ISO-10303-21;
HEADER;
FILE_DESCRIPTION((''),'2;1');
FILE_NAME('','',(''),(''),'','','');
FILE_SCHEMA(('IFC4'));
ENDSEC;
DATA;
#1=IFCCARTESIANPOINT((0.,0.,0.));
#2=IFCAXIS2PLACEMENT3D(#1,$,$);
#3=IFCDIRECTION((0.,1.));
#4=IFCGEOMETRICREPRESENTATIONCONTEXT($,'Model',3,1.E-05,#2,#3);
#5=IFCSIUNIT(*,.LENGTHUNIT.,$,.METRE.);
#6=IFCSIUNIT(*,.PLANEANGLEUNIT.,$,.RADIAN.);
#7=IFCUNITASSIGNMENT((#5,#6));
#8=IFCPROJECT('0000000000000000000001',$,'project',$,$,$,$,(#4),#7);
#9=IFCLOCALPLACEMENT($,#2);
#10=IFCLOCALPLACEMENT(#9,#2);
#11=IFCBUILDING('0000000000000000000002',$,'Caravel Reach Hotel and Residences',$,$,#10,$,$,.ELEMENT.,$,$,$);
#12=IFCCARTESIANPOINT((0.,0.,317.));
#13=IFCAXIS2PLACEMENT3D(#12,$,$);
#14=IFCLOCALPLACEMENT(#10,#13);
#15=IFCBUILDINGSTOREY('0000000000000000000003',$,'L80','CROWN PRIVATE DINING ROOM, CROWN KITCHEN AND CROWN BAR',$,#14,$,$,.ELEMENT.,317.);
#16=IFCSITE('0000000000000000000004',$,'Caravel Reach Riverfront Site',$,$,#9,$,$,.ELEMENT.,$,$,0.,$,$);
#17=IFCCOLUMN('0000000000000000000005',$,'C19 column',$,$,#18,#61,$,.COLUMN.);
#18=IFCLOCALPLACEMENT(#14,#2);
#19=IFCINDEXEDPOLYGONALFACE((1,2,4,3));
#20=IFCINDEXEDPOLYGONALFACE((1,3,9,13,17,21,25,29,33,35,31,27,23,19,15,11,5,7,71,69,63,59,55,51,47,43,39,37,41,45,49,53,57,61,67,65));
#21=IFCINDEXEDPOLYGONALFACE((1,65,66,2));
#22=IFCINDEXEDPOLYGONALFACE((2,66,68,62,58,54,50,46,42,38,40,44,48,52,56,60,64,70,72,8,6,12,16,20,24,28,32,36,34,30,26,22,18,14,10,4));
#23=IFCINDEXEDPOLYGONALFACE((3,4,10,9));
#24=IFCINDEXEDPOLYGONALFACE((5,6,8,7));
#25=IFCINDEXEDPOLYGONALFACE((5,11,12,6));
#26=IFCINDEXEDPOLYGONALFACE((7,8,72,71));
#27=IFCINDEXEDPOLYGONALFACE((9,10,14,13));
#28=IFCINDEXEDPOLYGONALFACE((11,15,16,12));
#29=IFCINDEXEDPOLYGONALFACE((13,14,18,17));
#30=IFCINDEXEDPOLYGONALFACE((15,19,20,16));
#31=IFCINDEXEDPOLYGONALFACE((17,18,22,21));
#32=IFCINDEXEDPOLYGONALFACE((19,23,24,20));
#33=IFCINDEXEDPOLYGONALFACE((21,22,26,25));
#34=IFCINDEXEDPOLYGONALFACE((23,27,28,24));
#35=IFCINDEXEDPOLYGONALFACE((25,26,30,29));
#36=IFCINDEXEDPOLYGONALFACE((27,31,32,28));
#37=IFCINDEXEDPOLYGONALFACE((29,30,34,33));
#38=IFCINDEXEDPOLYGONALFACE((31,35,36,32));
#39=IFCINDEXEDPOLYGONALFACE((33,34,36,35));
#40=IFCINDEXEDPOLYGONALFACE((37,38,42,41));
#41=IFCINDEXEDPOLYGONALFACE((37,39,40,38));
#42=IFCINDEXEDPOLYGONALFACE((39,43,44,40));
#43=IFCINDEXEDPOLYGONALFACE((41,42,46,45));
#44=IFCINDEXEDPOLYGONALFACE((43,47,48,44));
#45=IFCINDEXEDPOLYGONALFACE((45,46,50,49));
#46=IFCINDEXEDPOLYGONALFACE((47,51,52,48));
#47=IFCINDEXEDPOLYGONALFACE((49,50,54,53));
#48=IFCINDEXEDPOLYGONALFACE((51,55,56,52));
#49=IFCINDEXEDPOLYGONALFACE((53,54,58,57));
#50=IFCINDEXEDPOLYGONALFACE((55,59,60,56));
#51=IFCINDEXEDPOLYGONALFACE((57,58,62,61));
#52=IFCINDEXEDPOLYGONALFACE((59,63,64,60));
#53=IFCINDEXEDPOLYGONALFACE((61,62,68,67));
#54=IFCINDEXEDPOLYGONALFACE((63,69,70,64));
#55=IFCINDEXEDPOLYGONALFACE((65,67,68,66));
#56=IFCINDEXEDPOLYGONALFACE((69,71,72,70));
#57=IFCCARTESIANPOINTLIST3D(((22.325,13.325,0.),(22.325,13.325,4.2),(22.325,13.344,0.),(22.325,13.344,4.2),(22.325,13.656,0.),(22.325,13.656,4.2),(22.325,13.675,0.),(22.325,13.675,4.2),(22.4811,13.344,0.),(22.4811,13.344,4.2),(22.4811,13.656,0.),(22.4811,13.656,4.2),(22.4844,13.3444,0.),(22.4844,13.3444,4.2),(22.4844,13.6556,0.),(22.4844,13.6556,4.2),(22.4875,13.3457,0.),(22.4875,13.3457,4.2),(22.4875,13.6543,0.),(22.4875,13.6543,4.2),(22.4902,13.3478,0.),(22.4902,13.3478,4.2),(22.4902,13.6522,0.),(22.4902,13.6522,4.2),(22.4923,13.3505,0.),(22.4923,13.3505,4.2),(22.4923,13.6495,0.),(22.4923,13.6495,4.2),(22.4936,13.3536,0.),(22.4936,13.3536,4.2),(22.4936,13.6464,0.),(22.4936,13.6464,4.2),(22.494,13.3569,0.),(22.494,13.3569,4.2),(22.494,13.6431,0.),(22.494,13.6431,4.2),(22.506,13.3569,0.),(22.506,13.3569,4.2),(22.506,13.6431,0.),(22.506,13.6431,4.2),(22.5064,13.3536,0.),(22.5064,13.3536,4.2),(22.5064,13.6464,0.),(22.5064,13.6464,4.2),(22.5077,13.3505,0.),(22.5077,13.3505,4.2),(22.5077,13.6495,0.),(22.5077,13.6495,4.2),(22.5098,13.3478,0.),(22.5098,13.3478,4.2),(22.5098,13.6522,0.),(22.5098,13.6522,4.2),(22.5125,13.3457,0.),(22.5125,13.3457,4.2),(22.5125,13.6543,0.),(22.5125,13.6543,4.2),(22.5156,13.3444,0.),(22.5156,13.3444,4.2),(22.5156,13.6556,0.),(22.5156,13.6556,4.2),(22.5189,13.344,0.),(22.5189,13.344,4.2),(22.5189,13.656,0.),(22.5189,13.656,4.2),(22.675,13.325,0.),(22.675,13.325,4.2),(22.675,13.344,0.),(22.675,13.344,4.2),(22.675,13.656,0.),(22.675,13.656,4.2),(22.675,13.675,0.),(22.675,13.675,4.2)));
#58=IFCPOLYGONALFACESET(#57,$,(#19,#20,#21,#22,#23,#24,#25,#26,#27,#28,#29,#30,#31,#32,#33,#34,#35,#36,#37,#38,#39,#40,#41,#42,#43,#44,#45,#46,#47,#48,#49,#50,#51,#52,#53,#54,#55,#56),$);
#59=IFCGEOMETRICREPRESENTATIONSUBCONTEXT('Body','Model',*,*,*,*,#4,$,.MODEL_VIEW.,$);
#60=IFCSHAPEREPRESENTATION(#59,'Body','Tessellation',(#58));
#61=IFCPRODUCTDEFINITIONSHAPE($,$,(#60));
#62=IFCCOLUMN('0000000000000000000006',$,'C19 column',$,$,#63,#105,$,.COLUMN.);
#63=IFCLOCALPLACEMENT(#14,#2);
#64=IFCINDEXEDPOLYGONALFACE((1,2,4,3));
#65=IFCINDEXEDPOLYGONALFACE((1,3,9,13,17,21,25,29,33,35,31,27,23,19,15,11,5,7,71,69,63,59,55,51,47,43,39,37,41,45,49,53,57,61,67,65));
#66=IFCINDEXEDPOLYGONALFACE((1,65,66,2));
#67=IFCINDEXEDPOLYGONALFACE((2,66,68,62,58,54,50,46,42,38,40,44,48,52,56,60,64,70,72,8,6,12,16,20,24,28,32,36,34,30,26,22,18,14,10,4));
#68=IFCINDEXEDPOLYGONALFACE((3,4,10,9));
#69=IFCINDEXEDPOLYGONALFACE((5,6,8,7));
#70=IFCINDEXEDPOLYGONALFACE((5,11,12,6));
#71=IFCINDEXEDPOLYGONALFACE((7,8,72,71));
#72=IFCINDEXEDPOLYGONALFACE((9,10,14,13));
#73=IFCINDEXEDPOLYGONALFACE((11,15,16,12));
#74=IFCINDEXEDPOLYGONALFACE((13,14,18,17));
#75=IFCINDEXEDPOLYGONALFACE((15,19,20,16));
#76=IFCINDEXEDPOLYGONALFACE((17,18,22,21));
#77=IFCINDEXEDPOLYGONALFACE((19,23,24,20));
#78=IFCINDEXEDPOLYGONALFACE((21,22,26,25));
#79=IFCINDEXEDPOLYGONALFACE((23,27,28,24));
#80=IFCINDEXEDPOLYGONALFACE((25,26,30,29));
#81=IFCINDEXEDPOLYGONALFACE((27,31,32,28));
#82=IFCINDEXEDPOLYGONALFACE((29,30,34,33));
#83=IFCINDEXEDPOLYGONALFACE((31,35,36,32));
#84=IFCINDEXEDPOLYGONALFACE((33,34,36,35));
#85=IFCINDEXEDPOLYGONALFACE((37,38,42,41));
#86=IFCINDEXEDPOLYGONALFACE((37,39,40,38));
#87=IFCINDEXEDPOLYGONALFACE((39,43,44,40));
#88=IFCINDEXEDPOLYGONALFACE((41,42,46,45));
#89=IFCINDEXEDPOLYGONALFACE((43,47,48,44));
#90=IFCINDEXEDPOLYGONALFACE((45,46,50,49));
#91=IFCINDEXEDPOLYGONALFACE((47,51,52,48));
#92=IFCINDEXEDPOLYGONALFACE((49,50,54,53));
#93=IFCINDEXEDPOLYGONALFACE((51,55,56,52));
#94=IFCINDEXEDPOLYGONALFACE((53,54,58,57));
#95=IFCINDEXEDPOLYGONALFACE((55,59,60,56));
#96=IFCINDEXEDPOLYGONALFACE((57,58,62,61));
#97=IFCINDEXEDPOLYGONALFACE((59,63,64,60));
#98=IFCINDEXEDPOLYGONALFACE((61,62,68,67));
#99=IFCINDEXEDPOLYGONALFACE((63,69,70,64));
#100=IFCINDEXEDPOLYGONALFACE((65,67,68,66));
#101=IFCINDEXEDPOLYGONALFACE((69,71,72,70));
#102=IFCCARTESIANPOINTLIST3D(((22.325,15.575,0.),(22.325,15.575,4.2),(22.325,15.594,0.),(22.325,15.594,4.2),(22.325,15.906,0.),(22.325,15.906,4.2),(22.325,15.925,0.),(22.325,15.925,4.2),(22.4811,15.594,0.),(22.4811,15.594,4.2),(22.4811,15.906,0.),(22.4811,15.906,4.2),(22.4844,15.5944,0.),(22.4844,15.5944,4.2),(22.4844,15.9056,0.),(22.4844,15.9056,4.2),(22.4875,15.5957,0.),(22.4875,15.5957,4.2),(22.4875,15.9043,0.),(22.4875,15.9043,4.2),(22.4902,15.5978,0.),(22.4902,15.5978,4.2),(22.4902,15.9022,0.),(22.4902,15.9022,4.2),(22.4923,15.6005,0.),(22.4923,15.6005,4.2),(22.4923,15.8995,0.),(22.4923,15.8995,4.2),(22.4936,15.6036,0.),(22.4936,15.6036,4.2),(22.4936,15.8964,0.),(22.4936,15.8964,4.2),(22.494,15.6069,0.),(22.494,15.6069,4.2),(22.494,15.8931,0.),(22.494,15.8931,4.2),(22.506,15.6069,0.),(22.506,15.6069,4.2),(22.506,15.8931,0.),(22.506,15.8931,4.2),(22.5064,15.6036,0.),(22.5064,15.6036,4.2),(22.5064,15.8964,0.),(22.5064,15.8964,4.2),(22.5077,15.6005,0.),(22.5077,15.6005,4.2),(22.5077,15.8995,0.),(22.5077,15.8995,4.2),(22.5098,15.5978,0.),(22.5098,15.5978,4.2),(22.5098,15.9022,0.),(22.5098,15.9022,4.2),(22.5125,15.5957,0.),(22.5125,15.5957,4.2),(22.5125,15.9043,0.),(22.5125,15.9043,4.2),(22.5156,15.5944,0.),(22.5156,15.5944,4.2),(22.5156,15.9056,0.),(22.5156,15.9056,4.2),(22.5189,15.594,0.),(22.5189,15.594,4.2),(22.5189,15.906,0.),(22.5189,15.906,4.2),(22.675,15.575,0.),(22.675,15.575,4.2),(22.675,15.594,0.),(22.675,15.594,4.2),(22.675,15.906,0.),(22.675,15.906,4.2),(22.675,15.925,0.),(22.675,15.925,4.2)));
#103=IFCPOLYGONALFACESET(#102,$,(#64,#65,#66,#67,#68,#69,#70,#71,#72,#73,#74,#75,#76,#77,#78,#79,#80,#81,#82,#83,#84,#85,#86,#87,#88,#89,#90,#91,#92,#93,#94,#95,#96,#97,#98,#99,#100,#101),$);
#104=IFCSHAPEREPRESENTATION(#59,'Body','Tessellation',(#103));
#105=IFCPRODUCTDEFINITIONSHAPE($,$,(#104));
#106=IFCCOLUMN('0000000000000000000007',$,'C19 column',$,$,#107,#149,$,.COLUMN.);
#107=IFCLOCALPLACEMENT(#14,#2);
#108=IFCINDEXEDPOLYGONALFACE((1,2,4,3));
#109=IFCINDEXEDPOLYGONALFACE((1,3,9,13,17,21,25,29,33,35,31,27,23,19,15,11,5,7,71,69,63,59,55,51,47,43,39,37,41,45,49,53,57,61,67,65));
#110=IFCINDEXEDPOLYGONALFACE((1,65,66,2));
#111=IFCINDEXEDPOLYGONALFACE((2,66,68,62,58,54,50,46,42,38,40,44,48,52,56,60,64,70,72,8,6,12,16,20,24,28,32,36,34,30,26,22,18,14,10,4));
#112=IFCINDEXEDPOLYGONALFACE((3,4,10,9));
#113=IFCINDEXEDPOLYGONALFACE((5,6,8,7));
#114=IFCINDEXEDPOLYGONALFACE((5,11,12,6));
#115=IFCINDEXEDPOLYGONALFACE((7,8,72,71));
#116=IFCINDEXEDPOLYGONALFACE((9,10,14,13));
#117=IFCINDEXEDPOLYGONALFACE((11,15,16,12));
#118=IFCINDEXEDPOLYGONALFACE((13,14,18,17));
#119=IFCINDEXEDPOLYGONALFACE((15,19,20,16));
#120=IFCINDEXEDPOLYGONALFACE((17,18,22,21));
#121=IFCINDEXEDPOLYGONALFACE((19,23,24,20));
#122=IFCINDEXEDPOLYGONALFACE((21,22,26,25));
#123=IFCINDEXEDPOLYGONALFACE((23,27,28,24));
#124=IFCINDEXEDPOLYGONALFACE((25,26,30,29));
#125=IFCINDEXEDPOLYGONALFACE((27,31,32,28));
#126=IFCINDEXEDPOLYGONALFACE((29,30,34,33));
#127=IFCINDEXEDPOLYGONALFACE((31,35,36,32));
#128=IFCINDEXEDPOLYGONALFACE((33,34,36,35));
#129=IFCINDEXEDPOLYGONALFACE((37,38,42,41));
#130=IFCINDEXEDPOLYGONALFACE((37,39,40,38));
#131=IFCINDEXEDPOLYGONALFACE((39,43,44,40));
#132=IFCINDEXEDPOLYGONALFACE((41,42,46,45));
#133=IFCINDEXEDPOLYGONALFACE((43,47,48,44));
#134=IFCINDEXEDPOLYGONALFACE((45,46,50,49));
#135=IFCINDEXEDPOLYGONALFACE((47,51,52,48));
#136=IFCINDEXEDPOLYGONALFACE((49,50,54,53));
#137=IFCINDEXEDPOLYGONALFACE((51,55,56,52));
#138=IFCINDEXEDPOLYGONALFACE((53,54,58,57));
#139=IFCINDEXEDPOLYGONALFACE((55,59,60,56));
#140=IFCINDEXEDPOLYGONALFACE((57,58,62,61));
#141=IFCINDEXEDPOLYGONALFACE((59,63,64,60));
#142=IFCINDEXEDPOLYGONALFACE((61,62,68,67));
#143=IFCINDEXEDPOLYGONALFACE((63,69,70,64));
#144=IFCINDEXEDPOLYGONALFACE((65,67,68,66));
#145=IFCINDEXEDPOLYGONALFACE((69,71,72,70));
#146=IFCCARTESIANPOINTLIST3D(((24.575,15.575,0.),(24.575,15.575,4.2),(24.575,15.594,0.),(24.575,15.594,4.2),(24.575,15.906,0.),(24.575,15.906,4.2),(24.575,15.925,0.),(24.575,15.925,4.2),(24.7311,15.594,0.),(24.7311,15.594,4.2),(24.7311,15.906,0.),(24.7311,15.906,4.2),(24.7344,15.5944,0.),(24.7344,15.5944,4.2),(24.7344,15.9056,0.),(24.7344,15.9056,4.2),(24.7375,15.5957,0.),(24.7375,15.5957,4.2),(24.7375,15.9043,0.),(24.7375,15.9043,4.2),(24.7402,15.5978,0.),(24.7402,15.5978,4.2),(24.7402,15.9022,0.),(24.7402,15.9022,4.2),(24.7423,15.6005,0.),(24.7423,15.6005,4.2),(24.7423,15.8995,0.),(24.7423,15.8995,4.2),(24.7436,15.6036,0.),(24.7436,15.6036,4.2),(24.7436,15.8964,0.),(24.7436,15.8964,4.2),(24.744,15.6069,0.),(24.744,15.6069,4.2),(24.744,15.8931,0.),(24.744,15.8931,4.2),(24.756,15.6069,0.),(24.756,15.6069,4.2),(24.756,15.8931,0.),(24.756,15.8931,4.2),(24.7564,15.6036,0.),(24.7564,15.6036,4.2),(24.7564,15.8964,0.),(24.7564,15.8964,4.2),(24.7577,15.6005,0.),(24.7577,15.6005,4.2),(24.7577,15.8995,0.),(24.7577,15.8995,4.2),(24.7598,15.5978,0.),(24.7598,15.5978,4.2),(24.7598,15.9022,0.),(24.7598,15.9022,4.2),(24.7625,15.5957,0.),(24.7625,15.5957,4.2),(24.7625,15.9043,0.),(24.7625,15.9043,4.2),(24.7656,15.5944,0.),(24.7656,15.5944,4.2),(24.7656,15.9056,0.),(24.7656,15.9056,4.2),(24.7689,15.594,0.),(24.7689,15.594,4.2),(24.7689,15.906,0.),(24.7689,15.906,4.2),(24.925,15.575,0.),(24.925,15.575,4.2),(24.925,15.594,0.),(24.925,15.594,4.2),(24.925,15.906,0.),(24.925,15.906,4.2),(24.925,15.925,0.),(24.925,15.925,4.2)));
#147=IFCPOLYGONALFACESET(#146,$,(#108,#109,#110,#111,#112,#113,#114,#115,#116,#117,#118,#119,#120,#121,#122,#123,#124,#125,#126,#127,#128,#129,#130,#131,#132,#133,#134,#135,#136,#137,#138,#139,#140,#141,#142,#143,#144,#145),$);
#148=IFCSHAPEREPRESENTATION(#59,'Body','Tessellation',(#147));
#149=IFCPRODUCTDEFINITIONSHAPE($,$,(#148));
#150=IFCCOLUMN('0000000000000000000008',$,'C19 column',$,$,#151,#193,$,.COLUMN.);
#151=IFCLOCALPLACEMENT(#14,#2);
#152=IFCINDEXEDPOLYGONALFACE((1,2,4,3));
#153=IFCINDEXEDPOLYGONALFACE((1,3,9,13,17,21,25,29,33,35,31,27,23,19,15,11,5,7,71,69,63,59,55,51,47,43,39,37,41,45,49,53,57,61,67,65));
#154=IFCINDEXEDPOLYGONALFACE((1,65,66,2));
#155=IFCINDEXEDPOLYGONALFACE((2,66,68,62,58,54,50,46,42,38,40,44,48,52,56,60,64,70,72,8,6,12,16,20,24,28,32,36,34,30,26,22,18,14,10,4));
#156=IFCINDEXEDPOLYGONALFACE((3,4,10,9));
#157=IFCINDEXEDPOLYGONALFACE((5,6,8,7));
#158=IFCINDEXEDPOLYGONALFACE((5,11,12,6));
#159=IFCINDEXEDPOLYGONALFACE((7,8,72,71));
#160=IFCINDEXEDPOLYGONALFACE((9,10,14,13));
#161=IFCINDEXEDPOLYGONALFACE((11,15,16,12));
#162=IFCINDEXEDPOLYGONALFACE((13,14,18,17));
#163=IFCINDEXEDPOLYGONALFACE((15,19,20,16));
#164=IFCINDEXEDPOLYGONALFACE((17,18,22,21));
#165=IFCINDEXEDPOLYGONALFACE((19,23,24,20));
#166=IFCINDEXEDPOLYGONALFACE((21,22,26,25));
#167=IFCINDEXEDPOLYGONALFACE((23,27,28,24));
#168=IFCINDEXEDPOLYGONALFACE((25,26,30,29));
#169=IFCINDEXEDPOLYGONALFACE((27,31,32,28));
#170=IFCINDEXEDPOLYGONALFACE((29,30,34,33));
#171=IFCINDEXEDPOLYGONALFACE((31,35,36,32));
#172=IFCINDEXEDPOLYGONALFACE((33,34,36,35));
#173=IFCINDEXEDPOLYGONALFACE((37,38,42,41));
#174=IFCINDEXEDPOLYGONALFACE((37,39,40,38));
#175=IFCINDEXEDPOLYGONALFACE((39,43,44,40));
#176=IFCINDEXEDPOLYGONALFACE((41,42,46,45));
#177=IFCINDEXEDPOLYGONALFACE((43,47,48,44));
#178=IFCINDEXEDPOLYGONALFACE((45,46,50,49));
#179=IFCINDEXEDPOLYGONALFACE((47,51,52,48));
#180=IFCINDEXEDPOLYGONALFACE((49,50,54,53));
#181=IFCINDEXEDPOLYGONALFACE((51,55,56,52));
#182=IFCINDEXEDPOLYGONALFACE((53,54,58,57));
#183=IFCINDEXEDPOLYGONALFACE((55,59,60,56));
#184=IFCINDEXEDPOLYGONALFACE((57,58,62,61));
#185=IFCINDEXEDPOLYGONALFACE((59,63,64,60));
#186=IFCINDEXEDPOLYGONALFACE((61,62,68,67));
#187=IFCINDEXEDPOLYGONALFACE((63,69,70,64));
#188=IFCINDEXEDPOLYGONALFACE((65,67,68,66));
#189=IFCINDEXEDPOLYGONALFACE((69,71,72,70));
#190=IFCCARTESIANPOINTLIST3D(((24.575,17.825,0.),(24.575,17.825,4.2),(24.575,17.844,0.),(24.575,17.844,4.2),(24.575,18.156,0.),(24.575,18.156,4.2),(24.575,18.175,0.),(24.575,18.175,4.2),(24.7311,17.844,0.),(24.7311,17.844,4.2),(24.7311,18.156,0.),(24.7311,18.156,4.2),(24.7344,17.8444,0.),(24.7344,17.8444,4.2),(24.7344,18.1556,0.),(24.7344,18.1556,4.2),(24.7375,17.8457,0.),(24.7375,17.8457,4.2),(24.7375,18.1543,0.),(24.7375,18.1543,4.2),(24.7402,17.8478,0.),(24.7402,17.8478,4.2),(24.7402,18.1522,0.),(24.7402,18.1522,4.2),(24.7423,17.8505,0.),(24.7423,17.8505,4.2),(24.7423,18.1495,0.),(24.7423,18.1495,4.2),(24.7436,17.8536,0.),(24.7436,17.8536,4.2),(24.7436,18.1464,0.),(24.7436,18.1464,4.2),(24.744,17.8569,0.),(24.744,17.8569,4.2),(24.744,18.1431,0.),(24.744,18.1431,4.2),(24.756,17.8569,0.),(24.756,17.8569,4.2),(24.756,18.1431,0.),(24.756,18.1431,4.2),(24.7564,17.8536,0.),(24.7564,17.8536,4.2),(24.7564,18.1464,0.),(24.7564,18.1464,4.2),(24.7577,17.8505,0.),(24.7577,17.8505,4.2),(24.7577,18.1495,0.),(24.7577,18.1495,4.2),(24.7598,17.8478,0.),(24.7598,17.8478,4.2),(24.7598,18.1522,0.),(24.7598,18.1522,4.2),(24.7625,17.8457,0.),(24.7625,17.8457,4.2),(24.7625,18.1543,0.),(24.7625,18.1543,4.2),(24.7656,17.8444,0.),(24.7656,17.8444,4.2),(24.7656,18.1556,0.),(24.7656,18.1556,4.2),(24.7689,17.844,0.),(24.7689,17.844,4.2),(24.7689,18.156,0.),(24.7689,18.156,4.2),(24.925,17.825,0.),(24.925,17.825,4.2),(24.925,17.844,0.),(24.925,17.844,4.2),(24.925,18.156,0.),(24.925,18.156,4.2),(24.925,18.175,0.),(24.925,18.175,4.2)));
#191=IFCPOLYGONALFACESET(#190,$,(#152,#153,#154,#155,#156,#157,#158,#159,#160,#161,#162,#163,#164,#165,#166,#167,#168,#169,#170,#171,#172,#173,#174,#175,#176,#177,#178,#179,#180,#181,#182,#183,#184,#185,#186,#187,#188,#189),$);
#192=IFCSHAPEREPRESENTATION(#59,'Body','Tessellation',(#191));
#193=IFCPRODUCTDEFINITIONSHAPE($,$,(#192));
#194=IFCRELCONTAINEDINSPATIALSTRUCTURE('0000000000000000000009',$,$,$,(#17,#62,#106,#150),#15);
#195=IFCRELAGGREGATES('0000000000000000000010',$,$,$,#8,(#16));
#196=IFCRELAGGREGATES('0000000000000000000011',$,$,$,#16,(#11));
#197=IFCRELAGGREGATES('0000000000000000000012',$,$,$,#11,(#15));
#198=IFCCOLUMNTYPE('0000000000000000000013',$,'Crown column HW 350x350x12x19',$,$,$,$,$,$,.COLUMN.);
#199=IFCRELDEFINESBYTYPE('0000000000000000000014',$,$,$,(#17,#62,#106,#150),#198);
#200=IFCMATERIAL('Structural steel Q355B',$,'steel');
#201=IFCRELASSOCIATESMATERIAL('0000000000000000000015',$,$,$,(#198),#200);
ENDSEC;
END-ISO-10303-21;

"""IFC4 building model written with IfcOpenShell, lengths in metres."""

from ifc_helpers import new_model, si_unit, direction, frame, origin, origin_2d, place, context, subcontext, project, spatial, i_section, extrude, material, material_profile, profile_set, type_object, element, save


model = new_model("IFC4")

# Units and contexts
model_context = context("Model", 3, precision=1e-05, world=origin(), true_north=direction((0.0, 1.0)))
body_context = subcontext(model_context, "Body", "Model", "MODEL_VIEW")
ifc_project = project(units=[si_unit("LENGTHUNIT", "METRE"), si_unit("PLANEANGLEUNIT", "RADIAN")], contexts=[model_context])

# Site, building, storey
site_placement = place(None, origin())
site = spatial("IfcSite", under=ifc_project, at=site_placement, Name="Caravel Reach Riverfront Site", CompositionType="ELEMENT", RefElevation=0.0)
building_placement = place(site_placement, origin())
building = spatial("IfcBuilding", under=site, at=building_placement, Name="Caravel Reach Hotel and Residences", CompositionType="ELEMENT")
storey_placement = place(building_placement, frame((0.0, 0.0, 317.0)))
storey = spatial("IfcBuildingStorey", under=building, at=storey_placement, Name="L80", Description="CROWN PRIVATE DINING ROOM, CROWN KITCHEN AND CROWN BAR", CompositionType="ELEMENT", Elevation=317.0)

# Columns
ifc_material_1 = material(Name="Structural steel Q355B", Category="steel")
ifc_material_profile_1 = material_profile(ifc_material_1, i_section(OverallWidth=0.3501, OverallDepth=0.3501, WebThickness=0.012, FlangeThickness=0.019, FilletRadius=0.0129, at=origin_2d()), Name="HW 350x350x12x19")
ifc_profile_set_1 = profile_set([ifc_material_profile_1], Name="Structural steel Q355B")
column_type = type_object("IfcColumnType", Name="Crown column HW 350x350x12x19", PredefinedType="COLUMN", material=ifc_profile_set_1)
for number, where, z_axis, x_axis, name in (
    (1, (22.5, 13.5, 0.0), (0.0, 0.0, 1.0), (1.0, 0.0, 0.0), "C19 column"),
    (2, (22.5, 15.75, 0.0), (0.0, 0.0, 1.0), (1.0, 0.0, 0.0), "C19 column"),
    (3, (24.75, 15.75, 0.0), (0.0, 0.0, 1.0), (1.0, 0.0, 0.0), "C19 column"),
    (4, (24.75, 18.0, 0.0), (0.0, 0.0, 1.0), (1.0, 0.0, 0.0), "C19 column"),
):
    element("IfcColumn", number, at=place(storey_placement, frame(where, z_axis=z_axis, x_axis=x_axis)), inside=storey, type_object=column_type, Name=name, PredefinedType="COLUMN", context=body_context, shape_type="SweptSolid", body=[
        extrude(i_section(OverallWidth=0.3501, OverallDepth=0.3501, WebThickness=0.012, FlangeThickness=0.019, FilletRadius=0.0129, at=origin_2d()), origin(), (0.0, 0.0, 1.0), 4.2),
    ])

save(model, "model.ifc")
